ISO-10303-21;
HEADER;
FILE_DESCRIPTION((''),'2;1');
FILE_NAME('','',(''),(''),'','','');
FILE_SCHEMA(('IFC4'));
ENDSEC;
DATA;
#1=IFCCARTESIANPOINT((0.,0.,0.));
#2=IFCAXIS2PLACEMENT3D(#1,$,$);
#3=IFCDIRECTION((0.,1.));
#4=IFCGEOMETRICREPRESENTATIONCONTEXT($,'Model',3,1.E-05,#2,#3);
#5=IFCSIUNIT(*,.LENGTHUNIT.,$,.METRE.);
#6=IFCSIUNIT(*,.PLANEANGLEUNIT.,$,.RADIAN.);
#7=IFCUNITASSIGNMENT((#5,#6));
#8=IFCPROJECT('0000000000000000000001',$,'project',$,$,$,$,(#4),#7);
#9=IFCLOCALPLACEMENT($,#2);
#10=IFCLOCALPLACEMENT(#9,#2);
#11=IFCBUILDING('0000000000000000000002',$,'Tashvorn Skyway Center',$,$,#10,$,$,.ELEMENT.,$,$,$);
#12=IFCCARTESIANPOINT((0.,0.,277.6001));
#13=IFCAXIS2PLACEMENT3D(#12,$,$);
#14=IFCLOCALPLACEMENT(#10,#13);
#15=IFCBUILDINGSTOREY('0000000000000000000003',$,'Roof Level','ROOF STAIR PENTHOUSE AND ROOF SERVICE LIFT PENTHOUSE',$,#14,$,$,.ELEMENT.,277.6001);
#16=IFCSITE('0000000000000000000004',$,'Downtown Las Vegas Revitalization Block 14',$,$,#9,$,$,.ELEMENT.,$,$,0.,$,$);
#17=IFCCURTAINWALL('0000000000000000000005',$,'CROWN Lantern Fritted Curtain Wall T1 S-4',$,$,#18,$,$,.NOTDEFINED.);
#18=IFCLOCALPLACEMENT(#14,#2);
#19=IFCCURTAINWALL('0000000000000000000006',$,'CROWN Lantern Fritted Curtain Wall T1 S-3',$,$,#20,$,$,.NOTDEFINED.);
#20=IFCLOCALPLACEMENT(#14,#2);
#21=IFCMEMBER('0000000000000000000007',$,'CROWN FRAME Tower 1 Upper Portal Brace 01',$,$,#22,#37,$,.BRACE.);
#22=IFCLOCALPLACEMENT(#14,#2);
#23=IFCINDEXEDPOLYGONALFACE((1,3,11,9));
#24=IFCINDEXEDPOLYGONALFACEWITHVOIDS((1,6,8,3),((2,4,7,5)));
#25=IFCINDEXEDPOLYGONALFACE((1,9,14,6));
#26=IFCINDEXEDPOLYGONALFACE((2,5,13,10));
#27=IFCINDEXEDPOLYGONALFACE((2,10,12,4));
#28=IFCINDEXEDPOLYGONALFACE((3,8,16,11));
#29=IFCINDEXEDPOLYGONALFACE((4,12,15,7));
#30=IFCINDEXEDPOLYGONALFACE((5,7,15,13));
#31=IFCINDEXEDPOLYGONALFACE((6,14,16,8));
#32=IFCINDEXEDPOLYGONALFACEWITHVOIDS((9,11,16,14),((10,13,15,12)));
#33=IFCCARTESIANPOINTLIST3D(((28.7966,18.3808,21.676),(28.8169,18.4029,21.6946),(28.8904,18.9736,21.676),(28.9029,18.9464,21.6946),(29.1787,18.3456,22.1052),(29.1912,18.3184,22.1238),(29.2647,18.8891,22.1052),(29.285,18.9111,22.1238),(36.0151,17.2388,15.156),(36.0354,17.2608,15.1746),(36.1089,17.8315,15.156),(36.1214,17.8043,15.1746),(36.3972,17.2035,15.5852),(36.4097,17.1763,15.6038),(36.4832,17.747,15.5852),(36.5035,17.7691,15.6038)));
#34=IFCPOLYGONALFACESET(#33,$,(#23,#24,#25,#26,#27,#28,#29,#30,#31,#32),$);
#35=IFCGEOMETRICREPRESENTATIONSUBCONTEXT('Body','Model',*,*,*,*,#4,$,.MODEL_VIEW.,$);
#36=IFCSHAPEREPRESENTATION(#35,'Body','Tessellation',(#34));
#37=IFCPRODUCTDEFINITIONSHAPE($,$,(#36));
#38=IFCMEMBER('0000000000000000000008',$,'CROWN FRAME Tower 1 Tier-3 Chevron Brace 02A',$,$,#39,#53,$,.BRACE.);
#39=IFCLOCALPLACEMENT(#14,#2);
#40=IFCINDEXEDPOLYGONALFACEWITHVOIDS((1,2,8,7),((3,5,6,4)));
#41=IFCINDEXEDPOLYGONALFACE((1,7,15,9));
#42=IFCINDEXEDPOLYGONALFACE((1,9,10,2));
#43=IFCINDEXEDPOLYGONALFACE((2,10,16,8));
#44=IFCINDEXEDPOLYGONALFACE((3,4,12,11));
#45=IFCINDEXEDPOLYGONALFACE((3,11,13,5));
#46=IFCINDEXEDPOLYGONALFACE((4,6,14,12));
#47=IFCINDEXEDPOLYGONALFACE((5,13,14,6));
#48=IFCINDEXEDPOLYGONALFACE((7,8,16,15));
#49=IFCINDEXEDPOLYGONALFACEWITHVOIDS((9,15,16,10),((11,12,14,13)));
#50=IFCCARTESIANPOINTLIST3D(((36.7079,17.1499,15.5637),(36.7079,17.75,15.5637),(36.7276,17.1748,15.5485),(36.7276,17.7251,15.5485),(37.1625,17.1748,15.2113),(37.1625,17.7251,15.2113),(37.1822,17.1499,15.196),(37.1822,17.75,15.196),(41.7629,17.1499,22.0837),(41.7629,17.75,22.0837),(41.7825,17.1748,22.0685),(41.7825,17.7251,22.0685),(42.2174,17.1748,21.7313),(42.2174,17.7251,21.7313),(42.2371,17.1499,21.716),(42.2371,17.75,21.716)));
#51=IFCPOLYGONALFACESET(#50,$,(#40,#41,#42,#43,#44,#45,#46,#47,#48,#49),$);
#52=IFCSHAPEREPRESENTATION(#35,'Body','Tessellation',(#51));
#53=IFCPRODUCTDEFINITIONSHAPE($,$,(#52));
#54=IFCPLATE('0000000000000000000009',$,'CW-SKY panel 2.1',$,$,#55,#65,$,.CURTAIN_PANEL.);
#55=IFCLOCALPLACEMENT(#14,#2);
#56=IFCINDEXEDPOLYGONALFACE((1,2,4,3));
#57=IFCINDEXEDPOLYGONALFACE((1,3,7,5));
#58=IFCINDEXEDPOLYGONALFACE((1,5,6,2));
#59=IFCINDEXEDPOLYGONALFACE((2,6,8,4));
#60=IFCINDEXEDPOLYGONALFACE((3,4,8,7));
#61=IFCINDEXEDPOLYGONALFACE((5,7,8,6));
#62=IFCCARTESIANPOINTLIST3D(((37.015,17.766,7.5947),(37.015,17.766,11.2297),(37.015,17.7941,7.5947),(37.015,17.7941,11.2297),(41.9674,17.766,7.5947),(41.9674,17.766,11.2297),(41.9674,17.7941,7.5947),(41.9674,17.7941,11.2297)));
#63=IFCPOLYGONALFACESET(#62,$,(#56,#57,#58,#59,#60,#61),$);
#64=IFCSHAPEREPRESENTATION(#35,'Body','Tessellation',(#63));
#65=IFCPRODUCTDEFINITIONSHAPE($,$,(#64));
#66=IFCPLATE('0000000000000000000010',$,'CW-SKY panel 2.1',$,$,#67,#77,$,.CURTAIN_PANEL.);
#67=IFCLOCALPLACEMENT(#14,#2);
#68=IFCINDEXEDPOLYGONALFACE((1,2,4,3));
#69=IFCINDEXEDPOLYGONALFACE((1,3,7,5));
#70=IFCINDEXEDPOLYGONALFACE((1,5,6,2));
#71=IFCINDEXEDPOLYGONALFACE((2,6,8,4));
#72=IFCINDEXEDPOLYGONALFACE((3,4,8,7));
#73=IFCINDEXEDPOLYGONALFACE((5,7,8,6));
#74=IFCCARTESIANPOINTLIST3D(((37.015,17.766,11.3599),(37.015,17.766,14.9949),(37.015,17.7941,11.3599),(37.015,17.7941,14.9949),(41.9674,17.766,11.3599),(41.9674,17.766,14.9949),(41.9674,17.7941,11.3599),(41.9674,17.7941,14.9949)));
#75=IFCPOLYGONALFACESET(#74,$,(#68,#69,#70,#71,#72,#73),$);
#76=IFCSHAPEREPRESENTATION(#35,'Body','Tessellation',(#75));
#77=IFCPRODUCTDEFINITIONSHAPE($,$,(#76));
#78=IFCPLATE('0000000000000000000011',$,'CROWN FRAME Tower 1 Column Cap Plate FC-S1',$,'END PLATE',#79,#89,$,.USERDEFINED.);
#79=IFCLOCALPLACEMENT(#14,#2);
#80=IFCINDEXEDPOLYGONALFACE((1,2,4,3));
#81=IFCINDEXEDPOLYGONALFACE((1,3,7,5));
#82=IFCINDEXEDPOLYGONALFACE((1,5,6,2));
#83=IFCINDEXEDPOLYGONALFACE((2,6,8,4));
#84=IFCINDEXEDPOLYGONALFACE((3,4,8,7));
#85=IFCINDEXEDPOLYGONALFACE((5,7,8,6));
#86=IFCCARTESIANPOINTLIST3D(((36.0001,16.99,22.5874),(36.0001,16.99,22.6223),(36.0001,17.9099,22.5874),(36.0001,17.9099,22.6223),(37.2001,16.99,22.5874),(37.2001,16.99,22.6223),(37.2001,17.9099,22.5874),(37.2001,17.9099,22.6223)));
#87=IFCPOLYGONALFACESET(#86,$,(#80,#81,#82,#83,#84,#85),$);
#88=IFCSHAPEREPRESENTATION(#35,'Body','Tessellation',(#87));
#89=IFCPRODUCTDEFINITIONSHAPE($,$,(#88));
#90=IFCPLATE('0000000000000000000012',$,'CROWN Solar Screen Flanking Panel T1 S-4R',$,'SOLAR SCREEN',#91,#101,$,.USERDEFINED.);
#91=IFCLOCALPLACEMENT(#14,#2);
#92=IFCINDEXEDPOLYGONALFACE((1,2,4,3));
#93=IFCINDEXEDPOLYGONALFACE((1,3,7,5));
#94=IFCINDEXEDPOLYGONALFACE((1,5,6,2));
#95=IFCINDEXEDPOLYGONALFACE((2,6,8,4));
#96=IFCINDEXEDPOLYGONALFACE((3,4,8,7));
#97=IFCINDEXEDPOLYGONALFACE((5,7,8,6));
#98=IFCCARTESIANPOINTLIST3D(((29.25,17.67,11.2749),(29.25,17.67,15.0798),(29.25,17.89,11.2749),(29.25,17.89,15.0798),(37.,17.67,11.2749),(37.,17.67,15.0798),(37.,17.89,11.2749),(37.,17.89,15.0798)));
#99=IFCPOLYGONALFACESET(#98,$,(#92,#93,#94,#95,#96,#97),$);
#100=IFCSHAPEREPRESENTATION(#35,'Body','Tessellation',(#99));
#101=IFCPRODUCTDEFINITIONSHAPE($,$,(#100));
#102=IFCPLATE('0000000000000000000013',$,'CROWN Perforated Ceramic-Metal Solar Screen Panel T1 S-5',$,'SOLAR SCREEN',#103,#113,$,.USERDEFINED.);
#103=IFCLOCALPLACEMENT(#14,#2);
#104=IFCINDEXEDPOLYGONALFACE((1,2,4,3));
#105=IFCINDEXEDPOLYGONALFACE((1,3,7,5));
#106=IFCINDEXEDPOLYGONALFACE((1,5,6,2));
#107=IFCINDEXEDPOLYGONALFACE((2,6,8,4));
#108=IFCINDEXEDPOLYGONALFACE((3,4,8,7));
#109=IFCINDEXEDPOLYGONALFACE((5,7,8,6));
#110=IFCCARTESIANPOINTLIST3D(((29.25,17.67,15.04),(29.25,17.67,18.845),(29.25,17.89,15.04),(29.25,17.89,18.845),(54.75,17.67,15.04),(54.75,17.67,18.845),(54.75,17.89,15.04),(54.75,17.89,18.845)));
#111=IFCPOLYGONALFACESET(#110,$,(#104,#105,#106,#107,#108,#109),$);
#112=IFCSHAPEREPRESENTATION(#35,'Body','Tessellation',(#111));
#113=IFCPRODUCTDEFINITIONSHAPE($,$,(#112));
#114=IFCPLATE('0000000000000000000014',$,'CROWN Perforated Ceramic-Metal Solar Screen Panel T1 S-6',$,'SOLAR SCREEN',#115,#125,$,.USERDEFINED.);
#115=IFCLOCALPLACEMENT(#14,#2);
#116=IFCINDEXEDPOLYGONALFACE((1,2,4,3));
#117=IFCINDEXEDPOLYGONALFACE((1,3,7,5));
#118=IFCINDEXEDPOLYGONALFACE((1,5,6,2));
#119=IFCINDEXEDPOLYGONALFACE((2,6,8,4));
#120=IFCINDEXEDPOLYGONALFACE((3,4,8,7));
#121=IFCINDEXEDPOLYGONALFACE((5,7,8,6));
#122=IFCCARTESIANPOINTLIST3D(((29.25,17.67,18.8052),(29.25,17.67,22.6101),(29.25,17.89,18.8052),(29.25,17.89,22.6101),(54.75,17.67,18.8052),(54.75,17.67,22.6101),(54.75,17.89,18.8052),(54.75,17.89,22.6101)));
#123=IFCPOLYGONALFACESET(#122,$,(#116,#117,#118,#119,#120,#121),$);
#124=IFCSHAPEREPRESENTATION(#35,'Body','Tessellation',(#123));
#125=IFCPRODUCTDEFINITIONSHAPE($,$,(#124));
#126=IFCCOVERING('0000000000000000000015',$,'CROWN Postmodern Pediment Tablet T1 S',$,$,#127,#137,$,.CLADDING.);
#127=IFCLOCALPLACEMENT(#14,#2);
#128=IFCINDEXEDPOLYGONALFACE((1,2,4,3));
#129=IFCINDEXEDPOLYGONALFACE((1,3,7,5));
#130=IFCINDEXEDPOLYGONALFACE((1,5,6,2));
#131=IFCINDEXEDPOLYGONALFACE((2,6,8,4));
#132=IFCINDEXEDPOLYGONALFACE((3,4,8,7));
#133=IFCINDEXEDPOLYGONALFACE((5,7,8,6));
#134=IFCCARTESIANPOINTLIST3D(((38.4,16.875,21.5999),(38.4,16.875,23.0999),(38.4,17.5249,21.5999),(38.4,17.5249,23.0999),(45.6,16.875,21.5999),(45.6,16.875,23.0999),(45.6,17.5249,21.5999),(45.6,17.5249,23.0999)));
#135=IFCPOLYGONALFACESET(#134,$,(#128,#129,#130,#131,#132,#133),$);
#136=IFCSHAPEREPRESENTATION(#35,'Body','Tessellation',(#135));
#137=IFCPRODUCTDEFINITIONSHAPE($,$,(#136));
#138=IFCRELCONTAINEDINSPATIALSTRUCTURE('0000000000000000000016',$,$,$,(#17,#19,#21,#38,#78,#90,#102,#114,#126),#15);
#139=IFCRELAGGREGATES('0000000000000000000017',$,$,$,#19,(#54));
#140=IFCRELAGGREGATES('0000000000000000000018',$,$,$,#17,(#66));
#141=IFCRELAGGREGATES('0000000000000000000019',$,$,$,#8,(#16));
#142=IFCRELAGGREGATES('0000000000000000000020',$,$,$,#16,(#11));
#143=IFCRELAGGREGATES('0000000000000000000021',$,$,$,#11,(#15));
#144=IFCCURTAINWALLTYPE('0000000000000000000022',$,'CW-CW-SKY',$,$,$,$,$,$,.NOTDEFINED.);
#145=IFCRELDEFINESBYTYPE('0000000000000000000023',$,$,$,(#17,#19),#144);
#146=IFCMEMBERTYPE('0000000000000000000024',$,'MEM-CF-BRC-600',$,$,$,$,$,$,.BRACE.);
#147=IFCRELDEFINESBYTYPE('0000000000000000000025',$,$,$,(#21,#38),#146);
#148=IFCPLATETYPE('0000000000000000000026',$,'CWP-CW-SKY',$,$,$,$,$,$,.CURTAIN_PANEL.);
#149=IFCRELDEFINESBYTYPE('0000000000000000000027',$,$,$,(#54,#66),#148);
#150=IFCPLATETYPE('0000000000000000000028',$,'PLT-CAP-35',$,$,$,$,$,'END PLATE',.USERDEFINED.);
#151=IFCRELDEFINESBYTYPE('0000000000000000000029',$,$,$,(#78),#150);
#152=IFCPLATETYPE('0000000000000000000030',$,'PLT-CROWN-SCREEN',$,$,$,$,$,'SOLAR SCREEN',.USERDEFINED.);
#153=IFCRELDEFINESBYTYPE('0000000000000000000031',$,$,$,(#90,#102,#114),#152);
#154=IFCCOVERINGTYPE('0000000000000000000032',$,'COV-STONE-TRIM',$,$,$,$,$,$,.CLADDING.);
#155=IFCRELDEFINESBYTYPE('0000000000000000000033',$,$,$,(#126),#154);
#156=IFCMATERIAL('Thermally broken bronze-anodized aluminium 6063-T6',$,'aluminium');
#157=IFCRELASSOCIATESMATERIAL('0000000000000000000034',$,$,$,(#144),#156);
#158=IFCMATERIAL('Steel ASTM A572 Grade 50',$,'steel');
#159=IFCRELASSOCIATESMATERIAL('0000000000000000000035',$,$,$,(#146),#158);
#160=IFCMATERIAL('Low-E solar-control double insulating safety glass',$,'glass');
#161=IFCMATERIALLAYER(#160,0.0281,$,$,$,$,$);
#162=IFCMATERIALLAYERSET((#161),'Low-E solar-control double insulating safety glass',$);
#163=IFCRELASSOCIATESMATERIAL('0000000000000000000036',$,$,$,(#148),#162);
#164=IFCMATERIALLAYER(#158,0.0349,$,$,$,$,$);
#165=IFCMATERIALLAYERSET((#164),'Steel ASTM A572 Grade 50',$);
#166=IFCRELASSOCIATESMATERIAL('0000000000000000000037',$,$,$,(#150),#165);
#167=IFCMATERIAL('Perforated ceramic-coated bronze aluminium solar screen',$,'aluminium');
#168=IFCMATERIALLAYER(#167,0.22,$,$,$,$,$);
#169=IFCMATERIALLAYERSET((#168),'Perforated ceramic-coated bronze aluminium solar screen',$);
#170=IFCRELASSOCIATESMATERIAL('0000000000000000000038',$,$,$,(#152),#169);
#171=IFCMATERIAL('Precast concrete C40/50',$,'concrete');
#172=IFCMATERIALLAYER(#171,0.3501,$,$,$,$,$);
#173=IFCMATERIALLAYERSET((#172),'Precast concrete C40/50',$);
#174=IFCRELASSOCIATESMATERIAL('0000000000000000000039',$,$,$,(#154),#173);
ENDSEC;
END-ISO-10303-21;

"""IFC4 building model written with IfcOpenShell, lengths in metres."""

from ifc_helpers import new_model, si_unit, direction, frame, origin, origin_2d, place, context, subcontext, project, spatial, rectangle, hollow_rectangle, extrude, material, layer, layer_set, material_profile, profile_set, type_object, element, aggregate, save


model = new_model("IFC4")

# Units and contexts
model_context = context("Model", 3, precision=1e-05, world=origin(), true_north=direction((0.0, 1.0)))
body_context = subcontext(model_context, "Body", "Model", "MODEL_VIEW")
ifc_project = project(units=[si_unit("LENGTHUNIT", "METRE"), si_unit("PLANEANGLEUNIT", "RADIAN")], contexts=[model_context])

# Site, building, storey
site_placement = place(None, origin())
site = spatial("IfcSite", under=ifc_project, at=site_placement, Name="Downtown Las Vegas Revitalization Block 14", CompositionType="ELEMENT", RefElevation=0.0)
building_placement = place(site_placement, origin())
building = spatial("IfcBuilding", under=site, at=building_placement, Name="Tashvorn Skyway Center", CompositionType="ELEMENT")
storey_placement = place(building_placement, frame((0.0, 0.0, 277.6001)))
storey = spatial("IfcBuildingStorey", under=building, at=storey_placement, Name="Roof Level", Description="ROOF STAIR PENTHOUSE AND ROOF SERVICE LIFT PENTHOUSE", CompositionType="ELEMENT", Elevation=277.6001)

# Shared definitions
ifc_material_1 = material(Name="Steel ASTM A572 Grade 50", Category="steel")

# Curtain wall
ifc_material_2 = material(Name="Thermally broken bronze-anodized aluminium 6063-T6", Category="aluminium")
curtain_wall_type = type_object("IfcCurtainWallType", Name="CW-CW-SKY", PredefinedType="NOTDEFINED", material=ifc_material_2)
curtain_wall_1_placement = place(storey_placement, origin())
curtain_wall_1 = element("IfcCurtainWall", 1, at=curtain_wall_1_placement, inside=storey, type_object=curtain_wall_type, Name="CROWN Lantern Fritted Curtain Wall T1 S-4", PredefinedType="NOTDEFINED")

# Curtain wall
curtain_wall_2_placement = place(storey_placement, origin())
curtain_wall_2 = element("IfcCurtainWall", 2, at=curtain_wall_2_placement, inside=storey, type_object=curtain_wall_type, Name="CROWN Lantern Fritted Curtain Wall T1 S-3", PredefinedType="NOTDEFINED")

# Members
ifc_material_profile_1 = material_profile(ifc_material_1, hollow_rectangle(XDim=0.6001, YDim=0.6001, WallThickness=0.0249, at=origin_2d()), Name="BOX600x600x25")
ifc_profile_set_1 = profile_set([ifc_material_profile_1], Name="Steel ASTM A572 Grade 50")
member_type_1 = type_object("IfcMemberType", Name="MEM-CF-BRC-600", PredefinedType="BRACE", material=ifc_profile_set_1)
member_1_placement = place(storey_placement, frame((36.2593, 17.5039, 15.3799), z_axis=(-0.737036, 0.116612, 0.665718), x_axis=(-0.156273, -0.987714, 0.0)))
element("IfcMember", 3, at=member_1_placement, inside=storey, type_object=member_type_1, Name="CROWN FRAME Tower 1 Upper Portal Brace 01", PredefinedType="BRACE", context=body_context, shape_type="SweptSolid", body=[
    extrude(hollow_rectangle(XDim=0.6001, YDim=0.6001, WallThickness=0.0249, at=origin_2d()), origin(), (0.0, 0.0, 1.0), 9.7939),
])
member_2_placement = place(storey_placement, frame((36.9451, 17.45, 15.3799), z_axis=(0.612717, 0.0, 0.790303), x_axis=(0.0, 1.0, 0.0)))
element("IfcMember", 4, at=member_2_placement, inside=storey, type_object=member_type_1, Name="CROWN FRAME Tower 1 Tier-3 Chevron Brace 02A", PredefinedType="BRACE", context=body_context, shape_type="SweptSolid", body=[
    extrude(hollow_rectangle(XDim=0.6001, YDim=0.6001, WallThickness=0.0249, at=origin_2d()), origin(), (0.0, 0.0, 1.0), 8.25),
])

# Plates
ifc_material_3 = material(Name="Low-E solar-control double insulating safety glass", Category="glass")
ifc_layer_1 = layer(ifc_material_3, 0.0281)
ifc_layer_set_1 = layer_set([ifc_layer_1], Name="Low-E solar-control double insulating safety glass")
plate_type_1 = type_object("IfcPlateType", Name="CWP-CW-SKY", PredefinedType="CURTAIN_PANEL", material=ifc_layer_set_1)
plate_1_placement = place(storey_placement, frame((39.4912, 17.78, 7.5947), z_axis=(0.0, 0.0, 1.0), x_axis=(-1.0, 0.0, 0.0)))
plate_1 = element("IfcPlate", 5, at=plate_1_placement, type_object=plate_type_1, Name="CW-SKY panel 2.1", PredefinedType="CURTAIN_PANEL", context=body_context, shape_type="SweptSolid", body=[
    extrude(rectangle(XDim=4.9524, YDim=0.0281, at=origin_2d()), origin(), (0.0, 0.0, 1.0), 3.635),
])
aggregate(curtain_wall_2, [plate_1])
plate_2_placement = place(storey_placement, frame((39.4912, 17.78, 11.3599), z_axis=(0.0, 0.0, 1.0), x_axis=(-1.0, 0.0, 0.0)))
plate_2 = element("IfcPlate", 6, at=plate_2_placement, type_object=plate_type_1, Name="CW-SKY panel 2.1", PredefinedType="CURTAIN_PANEL", context=body_context, shape_type="SweptSolid", body=[
    extrude(rectangle(XDim=4.9524, YDim=0.0281, at=origin_2d()), origin(), (0.0, 0.0, 1.0), 3.635),
])
aggregate(curtain_wall_1, [plate_2])

# Plates
ifc_layer_2 = layer(ifc_material_1, 0.0349)
ifc_layer_set_2 = layer_set([ifc_layer_2], Name="Steel ASTM A572 Grade 50")
plate_type_2 = type_object("IfcPlateType", Name="PLT-CAP-35", ElementType="END PLATE", PredefinedType="USERDEFINED", material=ifc_layer_set_2)
plate_3_placement = place(storey_placement, frame((36.6001, 17.45, 22.5874), z_axis=(0.0, 0.0, 1.0), x_axis=(1.0, 0.0, 0.0)))
element("IfcPlate", 7, at=plate_3_placement, inside=storey, type_object=plate_type_2, Name="CROWN FRAME Tower 1 Column Cap Plate FC-S1", ObjectType="END PLATE", PredefinedType="USERDEFINED", context=body_context, shape_type="SweptSolid", body=[
    extrude(rectangle(XDim=1.2, YDim=0.9199, at=origin_2d()), origin(), (0.0, 0.0, 1.0), 0.0349),
])
ifc_material_4 = material(Name="Perforated ceramic-coated bronze aluminium solar screen", Category="aluminium")
ifc_layer_3 = layer(ifc_material_4, 0.22)
ifc_layer_set_3 = layer_set([ifc_layer_3], Name="Perforated ceramic-coated bronze aluminium solar screen")
plate_type_3 = type_object("IfcPlateType", Name="PLT-CROWN-SCREEN", ElementType="SOLAR SCREEN", PredefinedType="USERDEFINED", material=ifc_layer_set_3)
plate_4_placement = place(storey_placement, frame((33.125, 17.78, 11.2749), z_axis=(0.0, 0.0, 1.0), x_axis=(1.0, 0.0, 0.0)))
element("IfcPlate", 8, at=plate_4_placement, inside=storey, type_object=plate_type_3, Name="CROWN Solar Screen Flanking Panel T1 S-4R", ObjectType="SOLAR SCREEN", PredefinedType="USERDEFINED", context=body_context, shape_type="SweptSolid", body=[
    extrude(rectangle(XDim=7.75, YDim=0.22, at=origin_2d()), origin(), (0.0, 0.0, 1.0), 3.8049),
])
for number, where, z_axis, x_axis, name in (
    (9, (42.0, 17.78, 15.04), (0.0, 0.0, 1.0), (1.0, 0.0, 0.0), "CROWN Perforated Ceramic-Metal Solar Screen Panel T1 S-5"),
    (10, (42.0, 17.78, 18.8052), (0.0, 0.0, 1.0), (1.0, 0.0, 0.0), "CROWN Perforated Ceramic-Metal Solar Screen Panel T1 S-6"),
):
    element("IfcPlate", number, at=place(storey_placement, frame(where, z_axis=z_axis, x_axis=x_axis)), inside=storey, type_object=plate_type_3, Name=name, ObjectType="SOLAR SCREEN", PredefinedType="USERDEFINED", context=body_context, shape_type="SweptSolid", body=[
        extrude(rectangle(XDim=25.5, YDim=0.22, at=origin_2d()), origin(), (0.0, 0.0, 1.0), 3.8049),
    ])

# Covering
ifc_material_5 = material(Name="Precast concrete C40/50", Category="concrete")
ifc_layer_4 = layer(ifc_material_5, 0.3501)
ifc_layer_set_4 = layer_set([ifc_layer_4], Name="Precast concrete C40/50")
covering_type = type_object("IfcCoveringType", Name="COV-STONE-TRIM", PredefinedType="CLADDING", material=ifc_layer_set_4)
covering_placement = place(storey_placement, frame((42.0, 17.2, 21.5999), z_axis=(0.0, 0.0, 1.0), x_axis=(1.0, 0.0, 0.0)))
element("IfcCovering", 11, at=covering_placement, inside=storey, type_object=covering_type, Name="CROWN Postmodern Pediment Tablet T1 S", PredefinedType="CLADDING", context=body_context, shape_type="SweptSolid", body=[
    extrude(rectangle(XDim=7.2, YDim=0.6499, at=origin_2d()), origin(), (0.0, 0.0, 1.0), 1.5),
])

save(model, "model.ifc")
